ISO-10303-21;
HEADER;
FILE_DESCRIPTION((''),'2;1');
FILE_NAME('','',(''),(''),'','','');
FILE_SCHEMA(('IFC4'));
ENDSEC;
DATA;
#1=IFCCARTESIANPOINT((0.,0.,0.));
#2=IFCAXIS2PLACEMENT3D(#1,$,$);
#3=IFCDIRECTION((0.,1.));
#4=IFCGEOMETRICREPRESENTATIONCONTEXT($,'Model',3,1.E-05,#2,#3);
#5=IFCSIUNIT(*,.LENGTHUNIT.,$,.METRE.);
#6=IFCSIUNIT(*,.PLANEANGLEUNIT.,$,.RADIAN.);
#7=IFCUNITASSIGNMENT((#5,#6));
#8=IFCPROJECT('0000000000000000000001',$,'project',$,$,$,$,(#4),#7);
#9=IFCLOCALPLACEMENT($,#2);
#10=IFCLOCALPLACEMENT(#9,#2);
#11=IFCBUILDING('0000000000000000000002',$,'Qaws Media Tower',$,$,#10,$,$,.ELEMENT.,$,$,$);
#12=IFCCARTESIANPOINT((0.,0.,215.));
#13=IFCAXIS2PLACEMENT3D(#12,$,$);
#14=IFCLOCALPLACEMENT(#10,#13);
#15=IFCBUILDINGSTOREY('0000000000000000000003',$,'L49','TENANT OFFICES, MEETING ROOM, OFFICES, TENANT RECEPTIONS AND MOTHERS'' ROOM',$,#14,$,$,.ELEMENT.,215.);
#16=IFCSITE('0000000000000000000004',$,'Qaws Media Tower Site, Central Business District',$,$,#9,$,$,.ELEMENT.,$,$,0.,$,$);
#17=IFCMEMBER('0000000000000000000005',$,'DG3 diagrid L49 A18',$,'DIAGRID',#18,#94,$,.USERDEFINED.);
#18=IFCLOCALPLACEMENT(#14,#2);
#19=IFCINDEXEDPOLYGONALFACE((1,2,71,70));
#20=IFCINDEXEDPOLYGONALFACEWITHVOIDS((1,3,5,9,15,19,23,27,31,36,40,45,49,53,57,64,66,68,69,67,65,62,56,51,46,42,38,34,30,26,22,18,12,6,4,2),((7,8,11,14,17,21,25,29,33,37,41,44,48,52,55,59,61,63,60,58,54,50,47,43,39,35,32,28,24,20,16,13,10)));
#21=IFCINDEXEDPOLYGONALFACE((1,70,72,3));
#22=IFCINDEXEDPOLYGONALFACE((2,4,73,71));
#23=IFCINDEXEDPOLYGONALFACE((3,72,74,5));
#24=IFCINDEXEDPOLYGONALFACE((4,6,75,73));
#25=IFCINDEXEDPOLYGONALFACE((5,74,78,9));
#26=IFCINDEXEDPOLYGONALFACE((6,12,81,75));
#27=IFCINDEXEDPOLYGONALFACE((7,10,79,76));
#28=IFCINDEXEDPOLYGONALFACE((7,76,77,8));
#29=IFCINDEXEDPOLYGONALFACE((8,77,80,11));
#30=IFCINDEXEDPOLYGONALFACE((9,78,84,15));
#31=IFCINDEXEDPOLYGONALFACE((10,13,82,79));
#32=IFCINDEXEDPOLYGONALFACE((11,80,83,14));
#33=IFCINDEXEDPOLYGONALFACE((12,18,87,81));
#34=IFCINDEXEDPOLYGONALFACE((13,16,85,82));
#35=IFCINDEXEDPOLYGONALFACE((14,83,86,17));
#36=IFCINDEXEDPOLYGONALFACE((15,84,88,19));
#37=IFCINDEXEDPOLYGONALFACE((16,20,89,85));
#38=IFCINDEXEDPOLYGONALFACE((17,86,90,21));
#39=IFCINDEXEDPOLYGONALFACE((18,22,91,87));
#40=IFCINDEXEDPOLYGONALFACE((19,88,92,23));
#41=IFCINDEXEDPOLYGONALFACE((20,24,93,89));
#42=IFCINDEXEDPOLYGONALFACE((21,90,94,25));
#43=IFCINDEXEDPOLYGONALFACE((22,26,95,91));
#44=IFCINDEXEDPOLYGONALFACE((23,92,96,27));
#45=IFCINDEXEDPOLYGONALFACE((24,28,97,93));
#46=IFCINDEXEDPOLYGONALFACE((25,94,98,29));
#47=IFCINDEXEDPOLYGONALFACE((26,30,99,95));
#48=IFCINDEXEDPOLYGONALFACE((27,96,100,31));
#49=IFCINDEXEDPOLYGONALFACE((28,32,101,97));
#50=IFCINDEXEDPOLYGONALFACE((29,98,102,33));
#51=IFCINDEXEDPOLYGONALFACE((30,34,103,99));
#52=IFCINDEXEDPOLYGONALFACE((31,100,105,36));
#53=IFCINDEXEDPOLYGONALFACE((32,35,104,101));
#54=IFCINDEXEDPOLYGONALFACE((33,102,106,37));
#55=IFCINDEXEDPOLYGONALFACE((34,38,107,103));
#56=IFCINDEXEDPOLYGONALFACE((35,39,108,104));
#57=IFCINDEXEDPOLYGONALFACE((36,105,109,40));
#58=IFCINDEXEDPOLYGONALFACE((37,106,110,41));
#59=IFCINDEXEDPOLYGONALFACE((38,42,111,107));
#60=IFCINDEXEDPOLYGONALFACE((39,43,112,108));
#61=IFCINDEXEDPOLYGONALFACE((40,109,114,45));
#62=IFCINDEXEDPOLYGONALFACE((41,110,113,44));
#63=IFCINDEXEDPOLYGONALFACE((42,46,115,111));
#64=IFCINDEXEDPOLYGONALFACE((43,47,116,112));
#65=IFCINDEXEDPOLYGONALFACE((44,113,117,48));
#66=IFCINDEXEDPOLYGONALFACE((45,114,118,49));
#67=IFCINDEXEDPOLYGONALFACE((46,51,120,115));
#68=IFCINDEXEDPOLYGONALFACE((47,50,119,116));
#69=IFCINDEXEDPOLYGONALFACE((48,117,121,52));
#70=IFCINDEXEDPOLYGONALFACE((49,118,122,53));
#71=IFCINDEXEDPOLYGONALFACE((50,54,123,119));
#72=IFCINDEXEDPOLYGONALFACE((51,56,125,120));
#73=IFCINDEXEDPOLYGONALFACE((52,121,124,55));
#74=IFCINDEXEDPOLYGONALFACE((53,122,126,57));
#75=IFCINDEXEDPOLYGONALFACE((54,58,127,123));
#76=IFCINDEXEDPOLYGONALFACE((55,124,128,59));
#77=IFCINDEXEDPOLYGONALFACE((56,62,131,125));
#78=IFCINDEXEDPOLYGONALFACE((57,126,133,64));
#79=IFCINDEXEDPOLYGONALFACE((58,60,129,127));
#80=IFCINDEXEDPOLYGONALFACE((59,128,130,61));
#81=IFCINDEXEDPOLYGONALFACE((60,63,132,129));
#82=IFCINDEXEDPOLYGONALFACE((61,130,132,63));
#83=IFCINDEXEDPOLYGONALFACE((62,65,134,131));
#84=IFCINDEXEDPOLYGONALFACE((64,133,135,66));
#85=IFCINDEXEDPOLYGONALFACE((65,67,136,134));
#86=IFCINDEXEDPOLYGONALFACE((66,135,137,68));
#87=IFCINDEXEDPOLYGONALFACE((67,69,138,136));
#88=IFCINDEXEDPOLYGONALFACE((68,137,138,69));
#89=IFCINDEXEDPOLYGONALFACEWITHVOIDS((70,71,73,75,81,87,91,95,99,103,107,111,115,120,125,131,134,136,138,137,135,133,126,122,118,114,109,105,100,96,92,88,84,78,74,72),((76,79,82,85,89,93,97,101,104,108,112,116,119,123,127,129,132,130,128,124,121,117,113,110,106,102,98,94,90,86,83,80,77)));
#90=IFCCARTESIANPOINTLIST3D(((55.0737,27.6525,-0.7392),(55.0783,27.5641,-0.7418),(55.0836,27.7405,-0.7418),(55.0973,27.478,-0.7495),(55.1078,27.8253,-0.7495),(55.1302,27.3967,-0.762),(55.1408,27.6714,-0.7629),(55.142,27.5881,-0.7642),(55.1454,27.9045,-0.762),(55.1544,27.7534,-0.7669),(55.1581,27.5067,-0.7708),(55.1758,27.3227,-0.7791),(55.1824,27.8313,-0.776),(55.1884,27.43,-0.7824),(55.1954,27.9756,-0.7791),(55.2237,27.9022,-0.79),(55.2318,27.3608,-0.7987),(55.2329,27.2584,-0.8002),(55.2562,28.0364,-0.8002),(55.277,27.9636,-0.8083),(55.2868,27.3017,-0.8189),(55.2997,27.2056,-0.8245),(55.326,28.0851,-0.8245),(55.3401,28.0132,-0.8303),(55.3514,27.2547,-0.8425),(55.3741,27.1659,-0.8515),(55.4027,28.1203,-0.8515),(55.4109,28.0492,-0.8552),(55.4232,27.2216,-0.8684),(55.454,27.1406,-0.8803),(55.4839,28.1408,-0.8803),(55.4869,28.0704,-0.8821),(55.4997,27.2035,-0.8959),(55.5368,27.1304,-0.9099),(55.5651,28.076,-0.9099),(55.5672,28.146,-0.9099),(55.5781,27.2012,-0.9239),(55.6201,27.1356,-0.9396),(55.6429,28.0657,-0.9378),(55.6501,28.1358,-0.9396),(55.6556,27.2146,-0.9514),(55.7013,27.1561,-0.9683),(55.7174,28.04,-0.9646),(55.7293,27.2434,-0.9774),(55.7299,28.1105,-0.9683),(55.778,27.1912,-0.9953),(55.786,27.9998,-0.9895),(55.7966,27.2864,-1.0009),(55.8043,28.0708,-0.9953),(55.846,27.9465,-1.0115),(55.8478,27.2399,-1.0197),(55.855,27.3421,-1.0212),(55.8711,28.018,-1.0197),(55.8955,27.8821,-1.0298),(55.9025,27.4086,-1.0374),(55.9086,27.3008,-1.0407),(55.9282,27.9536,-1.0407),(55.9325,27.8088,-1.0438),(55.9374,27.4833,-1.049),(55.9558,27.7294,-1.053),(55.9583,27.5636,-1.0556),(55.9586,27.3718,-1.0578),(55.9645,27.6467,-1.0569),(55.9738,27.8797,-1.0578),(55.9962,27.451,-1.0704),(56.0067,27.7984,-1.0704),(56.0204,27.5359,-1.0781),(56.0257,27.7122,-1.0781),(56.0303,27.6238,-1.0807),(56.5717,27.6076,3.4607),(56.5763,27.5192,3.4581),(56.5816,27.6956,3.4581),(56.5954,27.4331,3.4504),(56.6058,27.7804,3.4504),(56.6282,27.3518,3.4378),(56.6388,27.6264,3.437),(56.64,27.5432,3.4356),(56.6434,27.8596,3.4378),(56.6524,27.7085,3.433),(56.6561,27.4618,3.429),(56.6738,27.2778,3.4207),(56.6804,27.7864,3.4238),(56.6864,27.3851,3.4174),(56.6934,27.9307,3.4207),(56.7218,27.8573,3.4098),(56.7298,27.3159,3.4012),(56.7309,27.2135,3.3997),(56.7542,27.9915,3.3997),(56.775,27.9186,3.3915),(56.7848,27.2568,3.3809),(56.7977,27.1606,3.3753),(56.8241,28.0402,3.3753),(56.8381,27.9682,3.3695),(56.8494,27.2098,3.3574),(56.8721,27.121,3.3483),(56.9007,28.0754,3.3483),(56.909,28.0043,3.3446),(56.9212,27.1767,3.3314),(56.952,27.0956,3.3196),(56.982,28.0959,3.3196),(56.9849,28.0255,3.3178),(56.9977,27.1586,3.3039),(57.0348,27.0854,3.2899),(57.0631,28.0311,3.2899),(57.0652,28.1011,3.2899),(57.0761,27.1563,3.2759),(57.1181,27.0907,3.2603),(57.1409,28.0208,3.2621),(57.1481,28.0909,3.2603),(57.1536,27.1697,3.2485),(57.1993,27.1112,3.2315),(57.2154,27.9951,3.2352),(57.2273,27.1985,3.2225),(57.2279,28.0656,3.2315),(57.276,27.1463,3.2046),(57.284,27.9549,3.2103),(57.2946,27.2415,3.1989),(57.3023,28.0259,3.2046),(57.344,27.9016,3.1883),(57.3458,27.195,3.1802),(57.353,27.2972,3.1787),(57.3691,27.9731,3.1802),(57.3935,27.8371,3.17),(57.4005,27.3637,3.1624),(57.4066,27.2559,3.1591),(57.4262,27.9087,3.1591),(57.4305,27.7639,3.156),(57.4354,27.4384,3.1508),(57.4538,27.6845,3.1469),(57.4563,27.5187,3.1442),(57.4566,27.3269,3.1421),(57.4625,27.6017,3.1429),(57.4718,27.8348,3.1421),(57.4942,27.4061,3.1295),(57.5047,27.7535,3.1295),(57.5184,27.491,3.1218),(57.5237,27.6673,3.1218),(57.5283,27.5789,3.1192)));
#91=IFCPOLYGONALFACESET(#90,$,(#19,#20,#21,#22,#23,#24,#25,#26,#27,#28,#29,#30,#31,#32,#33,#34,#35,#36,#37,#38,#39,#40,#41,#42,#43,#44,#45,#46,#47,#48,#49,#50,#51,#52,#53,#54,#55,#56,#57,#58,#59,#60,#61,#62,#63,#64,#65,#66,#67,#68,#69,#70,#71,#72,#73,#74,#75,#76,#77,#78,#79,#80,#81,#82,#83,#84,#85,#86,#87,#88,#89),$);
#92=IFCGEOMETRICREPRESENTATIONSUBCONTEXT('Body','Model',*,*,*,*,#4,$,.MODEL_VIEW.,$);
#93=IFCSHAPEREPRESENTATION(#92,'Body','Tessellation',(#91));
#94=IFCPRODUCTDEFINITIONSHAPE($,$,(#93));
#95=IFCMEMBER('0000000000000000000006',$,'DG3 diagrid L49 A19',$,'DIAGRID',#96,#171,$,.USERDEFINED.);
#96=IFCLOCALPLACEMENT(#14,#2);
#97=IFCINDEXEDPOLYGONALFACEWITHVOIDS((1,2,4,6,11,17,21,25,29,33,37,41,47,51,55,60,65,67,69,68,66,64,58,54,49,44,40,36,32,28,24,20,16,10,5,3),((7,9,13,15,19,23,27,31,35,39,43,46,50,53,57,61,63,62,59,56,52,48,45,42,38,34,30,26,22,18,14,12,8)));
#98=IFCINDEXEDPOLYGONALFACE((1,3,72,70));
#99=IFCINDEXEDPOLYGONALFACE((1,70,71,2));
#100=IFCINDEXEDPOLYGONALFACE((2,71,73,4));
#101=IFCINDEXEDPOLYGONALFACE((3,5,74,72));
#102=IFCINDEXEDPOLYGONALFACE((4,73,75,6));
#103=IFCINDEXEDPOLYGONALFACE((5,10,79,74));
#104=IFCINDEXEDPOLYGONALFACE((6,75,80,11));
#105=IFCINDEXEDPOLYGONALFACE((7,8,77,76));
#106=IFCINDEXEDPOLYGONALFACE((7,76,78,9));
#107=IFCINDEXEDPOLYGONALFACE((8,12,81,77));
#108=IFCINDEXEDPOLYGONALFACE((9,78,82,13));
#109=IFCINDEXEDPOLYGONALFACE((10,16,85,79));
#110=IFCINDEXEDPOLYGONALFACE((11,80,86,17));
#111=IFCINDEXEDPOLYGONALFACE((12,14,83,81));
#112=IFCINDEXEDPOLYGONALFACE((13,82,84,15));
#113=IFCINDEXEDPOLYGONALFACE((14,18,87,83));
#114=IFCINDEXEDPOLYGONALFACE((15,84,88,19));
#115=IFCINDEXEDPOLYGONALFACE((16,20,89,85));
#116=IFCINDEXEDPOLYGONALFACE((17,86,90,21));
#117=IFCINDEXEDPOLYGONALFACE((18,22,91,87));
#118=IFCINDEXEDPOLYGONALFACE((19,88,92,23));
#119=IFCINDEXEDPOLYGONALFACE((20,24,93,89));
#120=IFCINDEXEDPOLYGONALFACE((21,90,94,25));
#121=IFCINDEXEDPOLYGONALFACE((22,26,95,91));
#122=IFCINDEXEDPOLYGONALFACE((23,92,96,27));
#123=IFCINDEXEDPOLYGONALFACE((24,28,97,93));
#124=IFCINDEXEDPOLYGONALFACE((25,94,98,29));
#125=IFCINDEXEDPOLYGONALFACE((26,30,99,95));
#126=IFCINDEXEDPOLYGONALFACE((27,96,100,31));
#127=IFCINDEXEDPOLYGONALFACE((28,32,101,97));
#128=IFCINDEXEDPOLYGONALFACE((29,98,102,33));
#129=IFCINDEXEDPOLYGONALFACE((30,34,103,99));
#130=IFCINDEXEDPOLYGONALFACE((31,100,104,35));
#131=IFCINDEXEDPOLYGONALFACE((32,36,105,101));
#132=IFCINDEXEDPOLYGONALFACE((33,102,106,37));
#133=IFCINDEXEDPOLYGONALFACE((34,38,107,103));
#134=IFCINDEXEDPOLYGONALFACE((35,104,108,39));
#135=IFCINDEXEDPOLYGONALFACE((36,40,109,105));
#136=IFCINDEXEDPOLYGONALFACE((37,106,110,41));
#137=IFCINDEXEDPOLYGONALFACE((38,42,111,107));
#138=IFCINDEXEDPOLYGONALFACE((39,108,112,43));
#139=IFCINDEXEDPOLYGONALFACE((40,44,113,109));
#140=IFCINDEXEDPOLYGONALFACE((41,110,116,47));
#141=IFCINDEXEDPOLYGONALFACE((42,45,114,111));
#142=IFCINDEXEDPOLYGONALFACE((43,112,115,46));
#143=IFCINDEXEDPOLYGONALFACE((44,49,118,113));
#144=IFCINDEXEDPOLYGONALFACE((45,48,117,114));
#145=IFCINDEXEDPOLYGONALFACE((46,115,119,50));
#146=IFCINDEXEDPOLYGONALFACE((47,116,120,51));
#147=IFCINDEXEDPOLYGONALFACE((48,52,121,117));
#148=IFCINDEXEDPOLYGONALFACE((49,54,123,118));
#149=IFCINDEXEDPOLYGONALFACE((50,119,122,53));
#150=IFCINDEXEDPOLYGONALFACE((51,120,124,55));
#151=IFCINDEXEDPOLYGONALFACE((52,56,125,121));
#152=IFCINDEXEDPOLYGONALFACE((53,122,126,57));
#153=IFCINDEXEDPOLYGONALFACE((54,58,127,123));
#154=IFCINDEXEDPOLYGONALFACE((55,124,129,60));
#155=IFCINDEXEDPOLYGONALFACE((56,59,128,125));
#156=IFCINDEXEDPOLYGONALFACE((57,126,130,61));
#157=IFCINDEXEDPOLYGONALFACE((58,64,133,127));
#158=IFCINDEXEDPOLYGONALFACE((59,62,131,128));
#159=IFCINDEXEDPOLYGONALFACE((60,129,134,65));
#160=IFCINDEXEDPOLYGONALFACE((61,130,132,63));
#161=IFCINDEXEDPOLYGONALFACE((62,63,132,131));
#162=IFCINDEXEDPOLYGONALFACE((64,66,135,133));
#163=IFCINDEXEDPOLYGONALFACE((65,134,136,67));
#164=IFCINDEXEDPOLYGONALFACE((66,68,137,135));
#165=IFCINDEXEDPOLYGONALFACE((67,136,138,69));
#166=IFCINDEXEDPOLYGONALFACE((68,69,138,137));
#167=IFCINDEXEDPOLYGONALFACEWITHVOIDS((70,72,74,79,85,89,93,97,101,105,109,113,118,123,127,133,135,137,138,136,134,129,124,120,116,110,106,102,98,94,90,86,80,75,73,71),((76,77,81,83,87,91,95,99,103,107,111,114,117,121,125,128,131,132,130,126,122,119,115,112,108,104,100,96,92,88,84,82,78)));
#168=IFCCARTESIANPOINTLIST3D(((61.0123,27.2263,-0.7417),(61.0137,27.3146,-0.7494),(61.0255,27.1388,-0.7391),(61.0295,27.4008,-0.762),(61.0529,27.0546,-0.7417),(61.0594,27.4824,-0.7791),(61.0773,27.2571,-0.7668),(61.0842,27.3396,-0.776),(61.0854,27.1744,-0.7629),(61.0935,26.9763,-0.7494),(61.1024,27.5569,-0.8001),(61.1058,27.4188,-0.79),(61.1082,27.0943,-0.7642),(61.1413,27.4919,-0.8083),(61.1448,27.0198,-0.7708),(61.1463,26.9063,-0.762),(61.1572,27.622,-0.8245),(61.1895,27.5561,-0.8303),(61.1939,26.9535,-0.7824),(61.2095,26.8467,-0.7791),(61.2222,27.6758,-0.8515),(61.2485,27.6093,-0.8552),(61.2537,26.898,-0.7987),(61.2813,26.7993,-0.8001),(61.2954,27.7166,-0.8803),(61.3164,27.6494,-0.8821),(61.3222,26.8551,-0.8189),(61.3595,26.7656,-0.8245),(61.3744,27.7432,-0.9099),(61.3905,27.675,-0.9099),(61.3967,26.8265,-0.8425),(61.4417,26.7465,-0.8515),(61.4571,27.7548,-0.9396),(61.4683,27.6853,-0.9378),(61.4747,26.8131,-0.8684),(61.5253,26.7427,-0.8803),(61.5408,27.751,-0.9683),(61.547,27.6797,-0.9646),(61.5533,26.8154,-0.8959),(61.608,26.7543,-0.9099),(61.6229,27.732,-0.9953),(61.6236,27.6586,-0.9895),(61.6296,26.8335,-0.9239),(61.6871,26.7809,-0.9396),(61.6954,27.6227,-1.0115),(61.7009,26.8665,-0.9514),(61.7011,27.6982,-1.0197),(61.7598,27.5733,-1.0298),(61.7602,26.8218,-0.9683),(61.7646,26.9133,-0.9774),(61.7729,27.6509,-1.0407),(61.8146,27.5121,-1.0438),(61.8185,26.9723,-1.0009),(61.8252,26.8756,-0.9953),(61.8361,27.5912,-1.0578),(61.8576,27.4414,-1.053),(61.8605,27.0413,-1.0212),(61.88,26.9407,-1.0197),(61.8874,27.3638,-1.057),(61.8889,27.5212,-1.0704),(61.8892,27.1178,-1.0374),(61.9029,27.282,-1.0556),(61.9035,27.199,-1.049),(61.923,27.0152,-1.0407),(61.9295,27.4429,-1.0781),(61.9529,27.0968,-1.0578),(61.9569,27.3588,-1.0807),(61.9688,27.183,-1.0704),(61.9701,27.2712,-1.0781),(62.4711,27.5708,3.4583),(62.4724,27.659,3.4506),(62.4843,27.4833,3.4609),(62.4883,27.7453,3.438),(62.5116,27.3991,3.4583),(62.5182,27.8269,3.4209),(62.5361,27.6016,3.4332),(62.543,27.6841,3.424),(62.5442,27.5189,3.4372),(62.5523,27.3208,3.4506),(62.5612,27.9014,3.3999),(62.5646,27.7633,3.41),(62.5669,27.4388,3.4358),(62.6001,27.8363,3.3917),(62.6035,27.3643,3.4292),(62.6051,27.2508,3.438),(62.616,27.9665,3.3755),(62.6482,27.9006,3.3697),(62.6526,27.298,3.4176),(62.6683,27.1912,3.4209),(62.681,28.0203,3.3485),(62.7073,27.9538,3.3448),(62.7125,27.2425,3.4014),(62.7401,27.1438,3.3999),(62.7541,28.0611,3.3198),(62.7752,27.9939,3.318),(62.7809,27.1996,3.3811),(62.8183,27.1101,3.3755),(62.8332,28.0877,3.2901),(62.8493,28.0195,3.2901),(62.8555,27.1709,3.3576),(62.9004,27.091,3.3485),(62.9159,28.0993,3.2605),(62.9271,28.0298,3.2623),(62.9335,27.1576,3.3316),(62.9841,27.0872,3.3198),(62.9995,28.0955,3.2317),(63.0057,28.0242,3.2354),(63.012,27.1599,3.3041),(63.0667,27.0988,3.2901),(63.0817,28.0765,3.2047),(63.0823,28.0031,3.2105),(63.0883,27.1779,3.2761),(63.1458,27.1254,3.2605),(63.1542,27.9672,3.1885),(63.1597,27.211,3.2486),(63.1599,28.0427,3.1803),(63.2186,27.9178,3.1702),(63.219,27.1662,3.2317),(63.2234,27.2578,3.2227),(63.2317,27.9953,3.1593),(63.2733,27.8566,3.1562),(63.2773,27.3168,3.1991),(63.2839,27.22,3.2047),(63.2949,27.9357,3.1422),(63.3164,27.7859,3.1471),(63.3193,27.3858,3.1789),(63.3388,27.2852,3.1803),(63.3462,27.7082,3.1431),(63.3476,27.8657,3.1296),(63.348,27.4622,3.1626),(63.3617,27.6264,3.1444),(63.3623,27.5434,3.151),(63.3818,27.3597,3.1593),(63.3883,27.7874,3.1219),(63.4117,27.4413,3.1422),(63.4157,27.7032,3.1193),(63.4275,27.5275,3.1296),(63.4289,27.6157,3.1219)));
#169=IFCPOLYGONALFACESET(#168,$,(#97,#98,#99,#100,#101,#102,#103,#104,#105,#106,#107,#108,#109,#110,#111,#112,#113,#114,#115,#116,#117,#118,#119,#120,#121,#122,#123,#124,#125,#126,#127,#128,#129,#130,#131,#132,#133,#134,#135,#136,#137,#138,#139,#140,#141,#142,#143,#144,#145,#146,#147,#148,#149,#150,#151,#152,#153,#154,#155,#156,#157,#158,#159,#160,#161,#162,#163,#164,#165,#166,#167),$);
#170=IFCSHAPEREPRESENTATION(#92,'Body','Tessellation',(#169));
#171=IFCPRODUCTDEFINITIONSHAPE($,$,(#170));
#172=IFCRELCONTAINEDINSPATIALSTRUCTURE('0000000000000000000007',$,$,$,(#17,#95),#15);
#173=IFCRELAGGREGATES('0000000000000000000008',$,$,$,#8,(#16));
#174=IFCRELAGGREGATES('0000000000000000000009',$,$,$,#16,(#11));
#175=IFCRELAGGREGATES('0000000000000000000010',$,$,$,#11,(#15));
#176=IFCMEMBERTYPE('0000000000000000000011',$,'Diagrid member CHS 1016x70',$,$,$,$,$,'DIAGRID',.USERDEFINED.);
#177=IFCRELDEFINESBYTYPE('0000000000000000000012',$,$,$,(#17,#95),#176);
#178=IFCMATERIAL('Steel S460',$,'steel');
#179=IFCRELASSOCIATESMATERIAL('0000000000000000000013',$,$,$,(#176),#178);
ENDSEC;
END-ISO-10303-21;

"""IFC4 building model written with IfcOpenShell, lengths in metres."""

from ifc_helpers import new_model, si_unit, direction, frame, origin, origin_2d, place, context, subcontext, project, spatial, hollow_circle, extrude, material, material_profile, profile_set, type_object, element, save


model = new_model("IFC4")

# Units and contexts
model_context = context("Model", 3, precision=1e-05, world=origin(), true_north=direction((0.0, 1.0)))
body_context = subcontext(model_context, "Body", "Model", "MODEL_VIEW")
ifc_project = project(units=[si_unit("LENGTHUNIT", "METRE"), si_unit("PLANEANGLEUNIT", "RADIAN")], contexts=[model_context])

# Site, building, storey
site_placement = place(None, origin())
site = spatial("IfcSite", under=ifc_project, at=site_placement, Name="Qaws Media Tower Site, Central Business District", CompositionType="ELEMENT", RefElevation=0.0)
building_placement = place(site_placement, origin())
building = spatial("IfcBuilding", under=site, at=building_placement, Name="Qaws Media Tower", CompositionType="ELEMENT")
storey_placement = place(building_placement, frame((0.0, 0.0, 215.0)))
storey = spatial("IfcBuildingStorey", under=building, at=storey_placement, Name="L49", Description="TENANT OFFICES, MEETING ROOM, OFFICES, TENANT RECEPTIONS AND MOTHERS' ROOM", CompositionType="ELEMENT", Elevation=215.0)

# Members
ifc_material_1 = material(Name="Steel S460", Category="steel")
ifc_material_profile_1 = material_profile(ifc_material_1, hollow_circle(Radius=0.5081, WallThickness=0.0701, at=origin_2d()), Name="CHS 1016x70")
ifc_profile_set_1 = profile_set([ifc_material_profile_1], Name="Steel S460")
member_type_1 = type_object("IfcMemberType", Name="Diagrid member CHS 1016x70", ElementType="DIAGRID", PredefinedType="USERDEFINED", material=ifc_profile_set_1)
member_1_placement = place(storey_placement, frame((55.552, 27.6382, -0.9099), z_axis=(0.335934, -0.010074, 0.941832), x_axis=(0.029973, 0.999551, 0.0)))
element("IfcMember", 1, at=member_1_placement, inside=storey, type_object=member_type_1, Name="DG3 diagrid L49 A18", ObjectType="DIAGRID", PredefinedType="USERDEFINED", context=body_context, shape_type="SweptSolid", body=[
    extrude(hollow_circle(Radius=0.5081, WallThickness=0.0701, at=origin_2d()), origin(), (0.0, 0.0, 1.0), 4.4592),
])
for number, where, z_axis, x_axis, name in (
    (2, (61.4912, 27.2488, -0.9099), (0.327116, 0.077249, 0.941821), (-0.229829, 0.973231, 0.0), "DG3 diagrid L49 A19"),
):
    element("IfcMember", number, at=place(storey_placement, frame(where, z_axis=z_axis, x_axis=x_axis)), inside=storey, type_object=member_type_1, Name=name, ObjectType="DIAGRID", PredefinedType="USERDEFINED", context=body_context, shape_type="SweptSolid", body=[
        extrude(hollow_circle(Radius=0.5081, WallThickness=0.0701, at=origin_2d()), origin(), (0.0, 0.0, 1.0), 4.4595),
    ])

save(model, "model.ifc")
